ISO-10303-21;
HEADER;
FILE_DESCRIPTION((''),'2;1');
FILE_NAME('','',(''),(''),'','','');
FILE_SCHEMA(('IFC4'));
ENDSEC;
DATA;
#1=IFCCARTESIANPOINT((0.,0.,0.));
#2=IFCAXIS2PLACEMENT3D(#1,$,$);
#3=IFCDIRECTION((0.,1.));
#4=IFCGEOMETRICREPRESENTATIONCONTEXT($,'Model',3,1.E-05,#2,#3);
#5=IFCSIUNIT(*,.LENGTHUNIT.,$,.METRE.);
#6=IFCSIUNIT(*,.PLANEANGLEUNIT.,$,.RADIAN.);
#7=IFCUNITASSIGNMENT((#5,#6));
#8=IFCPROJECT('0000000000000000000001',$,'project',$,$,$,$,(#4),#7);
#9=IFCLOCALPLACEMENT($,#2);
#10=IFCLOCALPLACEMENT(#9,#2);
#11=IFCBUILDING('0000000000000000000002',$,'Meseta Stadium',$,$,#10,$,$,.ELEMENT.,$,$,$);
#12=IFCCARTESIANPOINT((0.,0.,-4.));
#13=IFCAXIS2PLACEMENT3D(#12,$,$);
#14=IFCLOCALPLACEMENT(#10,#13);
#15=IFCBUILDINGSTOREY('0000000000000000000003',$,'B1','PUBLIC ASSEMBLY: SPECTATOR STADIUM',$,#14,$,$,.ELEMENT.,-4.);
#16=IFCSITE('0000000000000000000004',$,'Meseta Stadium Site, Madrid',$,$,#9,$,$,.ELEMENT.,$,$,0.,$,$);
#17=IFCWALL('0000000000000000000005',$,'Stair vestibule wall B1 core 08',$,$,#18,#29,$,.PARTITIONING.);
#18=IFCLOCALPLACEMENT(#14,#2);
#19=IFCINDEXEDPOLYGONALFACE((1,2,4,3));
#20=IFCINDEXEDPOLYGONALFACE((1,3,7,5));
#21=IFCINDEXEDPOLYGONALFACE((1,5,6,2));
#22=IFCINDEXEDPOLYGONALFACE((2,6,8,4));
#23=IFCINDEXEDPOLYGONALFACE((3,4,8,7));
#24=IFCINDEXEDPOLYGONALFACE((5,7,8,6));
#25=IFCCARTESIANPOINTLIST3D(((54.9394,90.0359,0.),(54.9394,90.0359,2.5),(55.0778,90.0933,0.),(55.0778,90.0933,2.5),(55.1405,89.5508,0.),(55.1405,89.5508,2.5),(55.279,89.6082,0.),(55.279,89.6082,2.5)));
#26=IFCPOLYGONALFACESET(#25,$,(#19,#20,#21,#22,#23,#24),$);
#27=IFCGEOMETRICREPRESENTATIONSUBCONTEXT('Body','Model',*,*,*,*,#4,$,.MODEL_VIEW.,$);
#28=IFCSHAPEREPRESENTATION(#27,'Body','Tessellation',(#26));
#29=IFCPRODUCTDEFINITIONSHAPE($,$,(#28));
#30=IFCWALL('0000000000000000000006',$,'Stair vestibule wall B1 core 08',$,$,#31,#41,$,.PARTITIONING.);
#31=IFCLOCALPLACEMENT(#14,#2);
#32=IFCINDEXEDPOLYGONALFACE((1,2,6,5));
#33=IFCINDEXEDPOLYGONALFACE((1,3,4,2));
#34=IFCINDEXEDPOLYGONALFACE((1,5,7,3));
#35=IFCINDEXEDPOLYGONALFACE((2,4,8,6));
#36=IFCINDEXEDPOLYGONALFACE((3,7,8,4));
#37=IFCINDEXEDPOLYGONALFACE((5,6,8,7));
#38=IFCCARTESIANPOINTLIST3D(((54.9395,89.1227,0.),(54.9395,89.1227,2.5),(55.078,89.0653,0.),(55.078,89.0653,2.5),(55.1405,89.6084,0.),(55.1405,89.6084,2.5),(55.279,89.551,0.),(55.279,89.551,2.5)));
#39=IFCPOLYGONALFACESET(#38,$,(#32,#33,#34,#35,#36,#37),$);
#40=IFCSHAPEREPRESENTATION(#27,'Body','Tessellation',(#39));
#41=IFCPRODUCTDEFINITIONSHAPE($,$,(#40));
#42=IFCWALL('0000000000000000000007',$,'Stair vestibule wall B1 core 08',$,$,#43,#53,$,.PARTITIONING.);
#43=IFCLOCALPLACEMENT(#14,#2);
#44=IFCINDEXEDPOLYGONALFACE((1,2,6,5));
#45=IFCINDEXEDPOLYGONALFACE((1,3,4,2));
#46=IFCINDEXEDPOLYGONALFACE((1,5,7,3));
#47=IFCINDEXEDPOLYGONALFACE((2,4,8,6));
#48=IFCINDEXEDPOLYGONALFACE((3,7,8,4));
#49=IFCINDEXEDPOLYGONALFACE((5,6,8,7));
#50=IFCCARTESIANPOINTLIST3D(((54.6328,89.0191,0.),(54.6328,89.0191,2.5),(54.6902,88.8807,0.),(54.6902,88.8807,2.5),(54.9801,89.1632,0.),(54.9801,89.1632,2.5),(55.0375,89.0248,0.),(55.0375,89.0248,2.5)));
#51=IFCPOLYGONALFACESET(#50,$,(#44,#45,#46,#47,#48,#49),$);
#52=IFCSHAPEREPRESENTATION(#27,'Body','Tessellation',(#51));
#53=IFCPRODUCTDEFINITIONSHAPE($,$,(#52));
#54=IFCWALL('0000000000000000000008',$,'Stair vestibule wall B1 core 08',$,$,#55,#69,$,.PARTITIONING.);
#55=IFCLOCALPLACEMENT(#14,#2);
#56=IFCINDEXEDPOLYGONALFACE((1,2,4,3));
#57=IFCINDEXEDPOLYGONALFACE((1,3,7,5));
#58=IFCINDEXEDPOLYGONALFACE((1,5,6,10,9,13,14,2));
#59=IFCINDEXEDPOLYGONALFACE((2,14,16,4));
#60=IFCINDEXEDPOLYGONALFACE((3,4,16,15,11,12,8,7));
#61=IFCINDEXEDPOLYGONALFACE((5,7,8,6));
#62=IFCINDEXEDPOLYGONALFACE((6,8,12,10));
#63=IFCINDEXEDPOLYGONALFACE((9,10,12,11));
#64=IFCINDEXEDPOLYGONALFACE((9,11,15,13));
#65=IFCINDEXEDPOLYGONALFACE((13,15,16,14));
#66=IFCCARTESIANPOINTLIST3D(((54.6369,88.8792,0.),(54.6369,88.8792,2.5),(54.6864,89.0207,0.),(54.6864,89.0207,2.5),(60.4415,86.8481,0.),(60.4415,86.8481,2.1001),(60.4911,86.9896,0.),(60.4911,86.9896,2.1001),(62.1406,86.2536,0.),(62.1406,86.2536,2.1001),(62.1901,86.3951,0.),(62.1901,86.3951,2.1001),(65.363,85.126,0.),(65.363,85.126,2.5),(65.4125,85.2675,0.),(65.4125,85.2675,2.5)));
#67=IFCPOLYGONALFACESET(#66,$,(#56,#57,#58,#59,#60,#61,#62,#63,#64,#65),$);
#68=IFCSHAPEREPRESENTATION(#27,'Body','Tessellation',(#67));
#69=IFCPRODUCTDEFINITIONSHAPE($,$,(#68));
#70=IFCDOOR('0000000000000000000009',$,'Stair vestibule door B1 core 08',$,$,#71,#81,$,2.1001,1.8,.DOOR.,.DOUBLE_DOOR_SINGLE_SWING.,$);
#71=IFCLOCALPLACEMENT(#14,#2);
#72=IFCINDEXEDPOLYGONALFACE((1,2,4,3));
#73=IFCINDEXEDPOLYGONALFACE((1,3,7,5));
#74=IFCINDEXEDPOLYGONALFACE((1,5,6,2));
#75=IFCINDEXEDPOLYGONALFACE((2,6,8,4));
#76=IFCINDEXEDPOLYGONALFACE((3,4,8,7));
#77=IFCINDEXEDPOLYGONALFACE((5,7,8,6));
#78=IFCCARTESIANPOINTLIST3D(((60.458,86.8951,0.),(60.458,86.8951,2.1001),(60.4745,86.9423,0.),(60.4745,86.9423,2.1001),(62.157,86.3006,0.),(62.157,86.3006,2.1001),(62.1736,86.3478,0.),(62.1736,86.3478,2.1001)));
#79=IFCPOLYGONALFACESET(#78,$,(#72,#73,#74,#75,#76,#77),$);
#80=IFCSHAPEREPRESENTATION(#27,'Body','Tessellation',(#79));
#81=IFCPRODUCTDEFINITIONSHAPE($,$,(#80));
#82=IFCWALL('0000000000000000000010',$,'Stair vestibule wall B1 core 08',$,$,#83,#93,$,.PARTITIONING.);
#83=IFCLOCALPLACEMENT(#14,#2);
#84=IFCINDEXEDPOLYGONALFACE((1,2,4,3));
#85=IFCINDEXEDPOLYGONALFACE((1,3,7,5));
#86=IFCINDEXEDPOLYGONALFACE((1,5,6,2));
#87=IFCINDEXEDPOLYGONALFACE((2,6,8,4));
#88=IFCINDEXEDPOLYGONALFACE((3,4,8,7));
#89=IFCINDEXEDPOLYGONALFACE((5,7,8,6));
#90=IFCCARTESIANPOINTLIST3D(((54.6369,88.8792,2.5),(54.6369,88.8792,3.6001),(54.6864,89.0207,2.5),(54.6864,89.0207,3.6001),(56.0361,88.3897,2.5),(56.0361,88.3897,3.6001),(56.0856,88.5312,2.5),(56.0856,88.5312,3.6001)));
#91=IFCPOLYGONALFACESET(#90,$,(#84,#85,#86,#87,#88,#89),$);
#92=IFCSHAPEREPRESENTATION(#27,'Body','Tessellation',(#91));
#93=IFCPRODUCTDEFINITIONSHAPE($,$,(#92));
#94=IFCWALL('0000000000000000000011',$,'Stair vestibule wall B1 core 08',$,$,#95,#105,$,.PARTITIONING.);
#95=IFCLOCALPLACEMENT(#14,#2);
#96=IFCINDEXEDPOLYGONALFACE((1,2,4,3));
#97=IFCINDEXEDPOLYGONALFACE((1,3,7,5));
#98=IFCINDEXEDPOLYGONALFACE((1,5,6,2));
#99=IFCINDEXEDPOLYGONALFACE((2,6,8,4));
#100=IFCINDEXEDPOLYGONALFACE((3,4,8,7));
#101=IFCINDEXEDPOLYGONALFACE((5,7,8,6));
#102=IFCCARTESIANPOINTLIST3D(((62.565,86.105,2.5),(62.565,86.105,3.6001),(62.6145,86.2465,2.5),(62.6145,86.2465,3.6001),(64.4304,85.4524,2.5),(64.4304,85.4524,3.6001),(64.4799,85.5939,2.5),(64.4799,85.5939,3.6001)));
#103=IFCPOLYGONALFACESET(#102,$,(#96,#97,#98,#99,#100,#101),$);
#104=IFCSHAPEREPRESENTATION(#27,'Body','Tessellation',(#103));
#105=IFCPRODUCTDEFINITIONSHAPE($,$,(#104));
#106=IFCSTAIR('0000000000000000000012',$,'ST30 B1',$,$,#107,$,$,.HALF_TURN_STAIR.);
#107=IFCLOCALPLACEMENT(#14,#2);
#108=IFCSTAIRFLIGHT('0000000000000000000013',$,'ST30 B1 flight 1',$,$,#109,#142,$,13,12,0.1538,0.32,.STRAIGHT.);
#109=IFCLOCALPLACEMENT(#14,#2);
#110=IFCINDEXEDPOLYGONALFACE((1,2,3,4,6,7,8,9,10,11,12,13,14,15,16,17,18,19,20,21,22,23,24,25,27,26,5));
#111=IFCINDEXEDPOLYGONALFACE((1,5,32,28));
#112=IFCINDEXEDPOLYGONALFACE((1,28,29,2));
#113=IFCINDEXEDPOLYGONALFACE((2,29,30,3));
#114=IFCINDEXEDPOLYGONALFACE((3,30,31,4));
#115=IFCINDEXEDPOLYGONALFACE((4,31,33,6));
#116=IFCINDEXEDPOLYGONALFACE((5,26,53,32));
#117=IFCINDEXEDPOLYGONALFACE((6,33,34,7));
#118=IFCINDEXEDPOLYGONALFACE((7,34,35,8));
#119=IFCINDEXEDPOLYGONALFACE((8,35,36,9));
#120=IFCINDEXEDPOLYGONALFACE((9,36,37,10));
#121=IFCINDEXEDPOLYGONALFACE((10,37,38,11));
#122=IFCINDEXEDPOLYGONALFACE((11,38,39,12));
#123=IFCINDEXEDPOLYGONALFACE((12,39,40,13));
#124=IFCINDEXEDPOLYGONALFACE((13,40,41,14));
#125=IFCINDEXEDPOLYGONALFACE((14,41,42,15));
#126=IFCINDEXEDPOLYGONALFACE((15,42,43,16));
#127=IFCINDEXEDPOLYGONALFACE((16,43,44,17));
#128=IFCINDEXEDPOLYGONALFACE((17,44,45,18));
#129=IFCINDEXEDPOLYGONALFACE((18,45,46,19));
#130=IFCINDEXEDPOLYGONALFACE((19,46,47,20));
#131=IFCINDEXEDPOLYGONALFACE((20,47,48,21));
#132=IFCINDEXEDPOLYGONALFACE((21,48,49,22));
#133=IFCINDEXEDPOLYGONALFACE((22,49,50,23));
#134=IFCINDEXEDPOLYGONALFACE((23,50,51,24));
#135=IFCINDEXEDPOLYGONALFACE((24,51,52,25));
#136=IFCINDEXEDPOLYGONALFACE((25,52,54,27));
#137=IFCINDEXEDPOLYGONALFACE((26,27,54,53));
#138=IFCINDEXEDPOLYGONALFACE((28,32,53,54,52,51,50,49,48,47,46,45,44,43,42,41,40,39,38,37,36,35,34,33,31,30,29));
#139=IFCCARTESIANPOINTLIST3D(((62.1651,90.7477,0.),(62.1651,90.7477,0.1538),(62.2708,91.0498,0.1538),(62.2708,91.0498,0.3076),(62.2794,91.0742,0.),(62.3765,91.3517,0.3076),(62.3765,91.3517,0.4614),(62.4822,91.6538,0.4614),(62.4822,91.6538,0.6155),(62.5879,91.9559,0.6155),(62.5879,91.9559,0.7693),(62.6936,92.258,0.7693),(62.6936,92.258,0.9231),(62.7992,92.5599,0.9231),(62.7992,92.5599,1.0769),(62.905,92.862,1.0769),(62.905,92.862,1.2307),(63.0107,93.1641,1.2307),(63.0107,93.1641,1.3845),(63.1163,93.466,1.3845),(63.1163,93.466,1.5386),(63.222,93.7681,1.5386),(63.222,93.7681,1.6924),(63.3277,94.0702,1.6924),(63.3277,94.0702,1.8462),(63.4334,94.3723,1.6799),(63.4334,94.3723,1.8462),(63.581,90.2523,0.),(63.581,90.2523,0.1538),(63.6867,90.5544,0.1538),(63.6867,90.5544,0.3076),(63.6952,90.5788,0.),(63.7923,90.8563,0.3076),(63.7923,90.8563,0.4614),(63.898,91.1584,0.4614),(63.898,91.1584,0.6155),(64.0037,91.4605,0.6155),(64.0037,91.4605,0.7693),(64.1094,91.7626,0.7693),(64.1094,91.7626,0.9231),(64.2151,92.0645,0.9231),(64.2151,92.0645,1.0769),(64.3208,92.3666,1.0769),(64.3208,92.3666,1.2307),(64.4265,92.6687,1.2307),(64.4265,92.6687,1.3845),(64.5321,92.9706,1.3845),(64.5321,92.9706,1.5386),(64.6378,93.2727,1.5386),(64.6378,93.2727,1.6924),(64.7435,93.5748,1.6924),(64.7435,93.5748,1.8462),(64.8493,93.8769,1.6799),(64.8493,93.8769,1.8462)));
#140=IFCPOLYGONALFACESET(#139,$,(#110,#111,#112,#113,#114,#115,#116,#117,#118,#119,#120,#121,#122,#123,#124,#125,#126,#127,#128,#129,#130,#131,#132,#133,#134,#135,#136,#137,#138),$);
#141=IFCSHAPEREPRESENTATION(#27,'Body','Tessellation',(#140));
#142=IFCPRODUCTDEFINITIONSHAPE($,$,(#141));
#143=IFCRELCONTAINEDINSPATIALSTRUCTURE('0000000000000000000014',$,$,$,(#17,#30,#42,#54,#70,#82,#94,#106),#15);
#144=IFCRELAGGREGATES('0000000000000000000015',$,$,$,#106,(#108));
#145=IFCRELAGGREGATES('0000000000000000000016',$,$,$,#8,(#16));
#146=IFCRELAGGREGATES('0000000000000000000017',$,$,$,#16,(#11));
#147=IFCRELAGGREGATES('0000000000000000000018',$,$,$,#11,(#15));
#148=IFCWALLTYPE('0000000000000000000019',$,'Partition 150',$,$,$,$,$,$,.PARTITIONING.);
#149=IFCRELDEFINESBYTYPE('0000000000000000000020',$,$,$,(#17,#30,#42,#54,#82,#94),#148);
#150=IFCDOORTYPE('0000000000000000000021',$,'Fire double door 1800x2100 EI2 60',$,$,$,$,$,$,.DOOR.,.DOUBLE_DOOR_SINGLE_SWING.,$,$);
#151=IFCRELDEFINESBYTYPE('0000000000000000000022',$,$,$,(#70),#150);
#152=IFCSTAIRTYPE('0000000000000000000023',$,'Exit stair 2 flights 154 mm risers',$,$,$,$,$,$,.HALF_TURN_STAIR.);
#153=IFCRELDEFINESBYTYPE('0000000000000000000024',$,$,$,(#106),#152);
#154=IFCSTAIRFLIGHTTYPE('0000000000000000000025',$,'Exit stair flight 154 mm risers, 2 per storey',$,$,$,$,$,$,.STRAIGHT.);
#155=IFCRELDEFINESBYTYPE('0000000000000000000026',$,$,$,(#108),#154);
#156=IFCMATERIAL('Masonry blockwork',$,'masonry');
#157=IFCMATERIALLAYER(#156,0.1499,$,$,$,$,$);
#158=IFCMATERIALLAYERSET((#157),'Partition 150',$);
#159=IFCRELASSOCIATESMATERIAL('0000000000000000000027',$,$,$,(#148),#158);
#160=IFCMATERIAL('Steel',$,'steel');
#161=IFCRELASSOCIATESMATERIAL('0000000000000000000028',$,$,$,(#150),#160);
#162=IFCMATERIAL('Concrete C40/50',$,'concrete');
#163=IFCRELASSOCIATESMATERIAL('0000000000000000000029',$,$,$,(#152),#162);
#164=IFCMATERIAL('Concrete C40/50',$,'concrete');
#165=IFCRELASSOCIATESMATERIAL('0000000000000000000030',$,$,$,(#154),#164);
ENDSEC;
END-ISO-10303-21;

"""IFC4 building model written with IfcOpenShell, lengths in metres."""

from ifc_helpers import new_model, si_unit, direction, frame, frame_2d, origin, place, context, subcontext, project, spatial, polyline, rectangle, outline, extrude, material, layer, layer_set, type_object, element, fill, aggregate, save


model = new_model("IFC4")

# Units and contexts
model_context = context("Model", 3, precision=1e-05, world=origin(), true_north=direction((0.0, 1.0)))
body_context = subcontext(model_context, "Body", "Model", "MODEL_VIEW")
ifc_project = project(units=[si_unit("LENGTHUNIT", "METRE"), si_unit("PLANEANGLEUNIT", "RADIAN")], contexts=[model_context])

# Site, building, storey
site_placement = place(None, origin())
site = spatial("IfcSite", under=ifc_project, at=site_placement, Name="Meseta Stadium Site, Madrid", CompositionType="ELEMENT", RefElevation=0.0)
building_placement = place(site_placement, origin())
building = spatial("IfcBuilding", under=site, at=building_placement, Name="Meseta Stadium", CompositionType="ELEMENT")
storey_placement = place(building_placement, frame((0.0, 0.0, -4.0)))
storey = spatial("IfcBuildingStorey", under=building, at=storey_placement, Name="B1", Description="PUBLIC ASSEMBLY: SPECTATOR STADIUM", CompositionType="ELEMENT", Elevation=-4.0)

# Walls
ifc_material_1 = material(Name="Masonry blockwork", Category="masonry")
ifc_layer_1 = layer(ifc_material_1, 0.1499)
ifc_layer_set_1 = layer_set([ifc_layer_1], Name="Partition 150")
wall_type_1 = type_object("IfcWallType", Name="Partition 150", PredefinedType="PARTITIONING", material=ifc_layer_set_1)
wall_1_placement = place(storey_placement, frame((55.0085, 90.0647, 0.0), z_axis=(0.0, 0.0, 1.0), x_axis=(0.383063, -0.923722, 0.0)))
element("IfcWall", 1, at=wall_1_placement, inside=storey, type_object=wall_type_1, Name="Stair vestibule wall B1 core 08", PredefinedType="PARTITIONING", context=body_context, shape_type="SweptSolid", body=[
    extrude(rectangle(XDim=0.5251, YDim=0.1499, at=frame_2d((0.2627, 0.0))), origin(), (0.0, 0.0, 1.0), 2.5),
])
wall_2_placement = place(storey_placement, frame((55.2097, 89.5796, 0.0), z_axis=(0.0, 0.0, 1.0), x_axis=(-0.382338, -0.924022, 0.0)))
element("IfcWall", 2, at=wall_2_placement, inside=storey, type_object=wall_type_1, Name="Stair vestibule wall B1 core 08", PredefinedType="PARTITIONING", context=body_context, shape_type="SweptSolid", body=[
    extrude(rectangle(XDim=0.5256, YDim=0.1499, at=frame_2d((0.2627, 0.0))), origin(), (0.0, 0.0, 1.0), 2.5),
])
wall_3_placement = place(storey_placement, frame((55.0088, 89.094, 0.0), z_axis=(0.0, 0.0, 1.0), x_axis=(-0.923652, -0.383231, 0.0)))
element("IfcWall", 3, at=wall_3_placement, inside=storey, type_object=wall_type_1, Name="Stair vestibule wall B1 core 08", PredefinedType="PARTITIONING", context=body_context, shape_type="SweptSolid", body=[
    extrude(rectangle(XDim=0.376, YDim=0.1499, at=frame_2d((0.188, 0.0))), origin(), (0.0, 0.0, 1.0), 2.5),
])

# Wall, opening, door
wall_4_placement = place(storey_placement, frame((54.6616, 88.95, 0.0), z_axis=(0.0, 0.0, 1.0), x_axis=(0.943884, -0.330276, 0.0)))
wall_4 = element("IfcWall", 4, at=wall_4_placement, inside=storey, type_object=wall_type_1, Name="Stair vestibule wall B1 core 08", PredefinedType="PARTITIONING", context=body_context, shape_type="SweptSolid", body=[
    extrude(rectangle(XDim=11.3638, YDim=0.1499, at=frame_2d((5.6819, 0.0))), origin(), (0.0, 0.0, 1.0), 2.5),
])
opening_1_placement = place(wall_4_placement, frame((6.1499, 0.0, 0.0)))
opening_1 = element("IfcOpeningElement", 5, at=opening_1_placement, cuts=wall_4, PredefinedType="OPENING", context=body_context, shape_type="SweptSolid", body=[
    extrude(rectangle(XDim=1.8, YDim=2.1001, at=frame_2d((0.8999, 1.05))), frame((0.0, 0.085, 0.0), z_axis=(0.0, -1.0, 0.0), x_axis=(1.0, 0.0, 0.0)), (0.0, 0.0, 1.0), 0.1699),
])
ifc_material_2 = material(Name="Steel", Category="steel")
door_type_1 = type_object("IfcDoorType", Name="Fire double door 1800x2100 EI2 60", OperationType="DOUBLE_DOOR_SINGLE_SWING", PredefinedType="DOOR", material=ifc_material_2)
door_1_placement = place(opening_1_placement, origin())
door_1 = element("IfcDoor", 6, at=door_1_placement, inside=storey, type_object=door_type_1, Name="Stair vestibule door B1 core 08", OperationType="DOUBLE_DOOR_SINGLE_SWING", OverallHeight=2.1001, OverallWidth=1.8, PredefinedType="DOOR", context=body_context, shape_type="SweptSolid", body=[
    extrude(rectangle(XDim=1.8, YDim=2.1001, at=frame_2d((0.8999, 1.05))), frame((0.0, 0.0249, 0.0), z_axis=(0.0, -1.0, 0.0), x_axis=(1.0, 0.0, 0.0)), (0.0, 0.0, 1.0), 0.05),
])
fill(opening_1, door_1)

# Walls
wall_5_placement = place(storey_placement, frame((54.6616, 88.95, 2.5), z_axis=(0.0, 0.0, 1.0), x_axis=(0.943902, -0.330226, 0.0)))
element("IfcWall", 7, at=wall_5_placement, inside=storey, type_object=wall_type_1, Name="Stair vestibule wall B1 core 08", PredefinedType="PARTITIONING", context=body_context, shape_type="SweptSolid", body=[
    extrude(rectangle(XDim=1.4824, YDim=0.1499, at=frame_2d((0.7412, 0.0))), origin(), (0.0, 0.0, 1.0), 1.1001),
])
wall_6_placement = place(storey_placement, frame((62.5896, 86.1758, 2.5), z_axis=(0.0, 0.0, 1.0), x_axis=(0.94391, -0.330202, 0.0)))
element("IfcWall", 8, at=wall_6_placement, inside=storey, type_object=wall_type_1, Name="Stair vestibule wall B1 core 08", PredefinedType="PARTITIONING", context=body_context, shape_type="SweptSolid", body=[
    extrude(rectangle(XDim=1.9763, YDim=0.1499, at=frame_2d((0.9883, 0.0))), origin(), (0.0, 0.0, 1.0), 1.1001),
])

# Stair, stair flight
ifc_material_3 = material(Name="Concrete C40/50", Category="concrete")
stair_type = type_object("IfcStairType", Name="Exit stair 2 flights 154 mm risers", PredefinedType="HALF_TURN_STAIR", material=ifc_material_3)
stair_placement = place(storey_placement, origin())
stair = element("IfcStair", 9, at=stair_placement, inside=storey, type_object=stair_type, Name="ST30 B1", PredefinedType="HALF_TURN_STAIR")
ifc_material_4 = material(Name="Concrete C40/50", Category="concrete")
stair_flight_type = type_object("IfcStairFlightType", Name="Exit stair flight 154 mm risers, 2 per storey", PredefinedType="STRAIGHT", material=ifc_material_4)
stair_flight_placement = place(storey_placement, frame((62.873, 90.5, 0.0), z_axis=(0.0, 0.0, 1.0), x_axis=(0.330279, 0.943883, 0.0)))
stair_flight = element("IfcStairFlight", 10, at=stair_flight_placement, type_object=stair_flight_type, Name="ST30 B1 flight 1", NumberOfRisers=13, NumberOfTreads=12, PredefinedType="STRAIGHT", RiserHeight=0.1538, TreadLength=0.32, context=body_context, shape_type="SweptSolid", body=[
    extrude(outline(polyline([(0.0, 0.0), (0.0, 0.1538), (0.3201, 0.1538), (0.3201, 0.3076), (0.6399, 0.3076), (0.6399, 0.4614), (0.96, 0.4614), (0.96, 0.6155), (1.28, 0.6155), (1.28, 0.7693), (1.6001, 0.7693), (1.6001, 0.9231), (1.9199, 0.9231), (1.9199, 1.0769), (2.24, 1.0769), (2.24, 1.2307), (2.5601, 1.2307), (2.5601, 1.3845), (2.8799, 1.3845), (2.8799, 1.5386), (3.2, 1.5386), (3.2, 1.6924), (3.52, 1.6924), (3.52, 1.8462), (3.8401, 1.8462), (3.8401, 1.6799), (0.3459, 0.0), (0.0, 0.0)])), frame((0.0, 0.75, 0.0), z_axis=(0.0, -1.0, 0.0), x_axis=(1.0, 0.0, 0.0)), (0.0, 0.0, 1.0), 1.5),
])
aggregate(stair, [stair_flight])

save(model, "model.ifc")
